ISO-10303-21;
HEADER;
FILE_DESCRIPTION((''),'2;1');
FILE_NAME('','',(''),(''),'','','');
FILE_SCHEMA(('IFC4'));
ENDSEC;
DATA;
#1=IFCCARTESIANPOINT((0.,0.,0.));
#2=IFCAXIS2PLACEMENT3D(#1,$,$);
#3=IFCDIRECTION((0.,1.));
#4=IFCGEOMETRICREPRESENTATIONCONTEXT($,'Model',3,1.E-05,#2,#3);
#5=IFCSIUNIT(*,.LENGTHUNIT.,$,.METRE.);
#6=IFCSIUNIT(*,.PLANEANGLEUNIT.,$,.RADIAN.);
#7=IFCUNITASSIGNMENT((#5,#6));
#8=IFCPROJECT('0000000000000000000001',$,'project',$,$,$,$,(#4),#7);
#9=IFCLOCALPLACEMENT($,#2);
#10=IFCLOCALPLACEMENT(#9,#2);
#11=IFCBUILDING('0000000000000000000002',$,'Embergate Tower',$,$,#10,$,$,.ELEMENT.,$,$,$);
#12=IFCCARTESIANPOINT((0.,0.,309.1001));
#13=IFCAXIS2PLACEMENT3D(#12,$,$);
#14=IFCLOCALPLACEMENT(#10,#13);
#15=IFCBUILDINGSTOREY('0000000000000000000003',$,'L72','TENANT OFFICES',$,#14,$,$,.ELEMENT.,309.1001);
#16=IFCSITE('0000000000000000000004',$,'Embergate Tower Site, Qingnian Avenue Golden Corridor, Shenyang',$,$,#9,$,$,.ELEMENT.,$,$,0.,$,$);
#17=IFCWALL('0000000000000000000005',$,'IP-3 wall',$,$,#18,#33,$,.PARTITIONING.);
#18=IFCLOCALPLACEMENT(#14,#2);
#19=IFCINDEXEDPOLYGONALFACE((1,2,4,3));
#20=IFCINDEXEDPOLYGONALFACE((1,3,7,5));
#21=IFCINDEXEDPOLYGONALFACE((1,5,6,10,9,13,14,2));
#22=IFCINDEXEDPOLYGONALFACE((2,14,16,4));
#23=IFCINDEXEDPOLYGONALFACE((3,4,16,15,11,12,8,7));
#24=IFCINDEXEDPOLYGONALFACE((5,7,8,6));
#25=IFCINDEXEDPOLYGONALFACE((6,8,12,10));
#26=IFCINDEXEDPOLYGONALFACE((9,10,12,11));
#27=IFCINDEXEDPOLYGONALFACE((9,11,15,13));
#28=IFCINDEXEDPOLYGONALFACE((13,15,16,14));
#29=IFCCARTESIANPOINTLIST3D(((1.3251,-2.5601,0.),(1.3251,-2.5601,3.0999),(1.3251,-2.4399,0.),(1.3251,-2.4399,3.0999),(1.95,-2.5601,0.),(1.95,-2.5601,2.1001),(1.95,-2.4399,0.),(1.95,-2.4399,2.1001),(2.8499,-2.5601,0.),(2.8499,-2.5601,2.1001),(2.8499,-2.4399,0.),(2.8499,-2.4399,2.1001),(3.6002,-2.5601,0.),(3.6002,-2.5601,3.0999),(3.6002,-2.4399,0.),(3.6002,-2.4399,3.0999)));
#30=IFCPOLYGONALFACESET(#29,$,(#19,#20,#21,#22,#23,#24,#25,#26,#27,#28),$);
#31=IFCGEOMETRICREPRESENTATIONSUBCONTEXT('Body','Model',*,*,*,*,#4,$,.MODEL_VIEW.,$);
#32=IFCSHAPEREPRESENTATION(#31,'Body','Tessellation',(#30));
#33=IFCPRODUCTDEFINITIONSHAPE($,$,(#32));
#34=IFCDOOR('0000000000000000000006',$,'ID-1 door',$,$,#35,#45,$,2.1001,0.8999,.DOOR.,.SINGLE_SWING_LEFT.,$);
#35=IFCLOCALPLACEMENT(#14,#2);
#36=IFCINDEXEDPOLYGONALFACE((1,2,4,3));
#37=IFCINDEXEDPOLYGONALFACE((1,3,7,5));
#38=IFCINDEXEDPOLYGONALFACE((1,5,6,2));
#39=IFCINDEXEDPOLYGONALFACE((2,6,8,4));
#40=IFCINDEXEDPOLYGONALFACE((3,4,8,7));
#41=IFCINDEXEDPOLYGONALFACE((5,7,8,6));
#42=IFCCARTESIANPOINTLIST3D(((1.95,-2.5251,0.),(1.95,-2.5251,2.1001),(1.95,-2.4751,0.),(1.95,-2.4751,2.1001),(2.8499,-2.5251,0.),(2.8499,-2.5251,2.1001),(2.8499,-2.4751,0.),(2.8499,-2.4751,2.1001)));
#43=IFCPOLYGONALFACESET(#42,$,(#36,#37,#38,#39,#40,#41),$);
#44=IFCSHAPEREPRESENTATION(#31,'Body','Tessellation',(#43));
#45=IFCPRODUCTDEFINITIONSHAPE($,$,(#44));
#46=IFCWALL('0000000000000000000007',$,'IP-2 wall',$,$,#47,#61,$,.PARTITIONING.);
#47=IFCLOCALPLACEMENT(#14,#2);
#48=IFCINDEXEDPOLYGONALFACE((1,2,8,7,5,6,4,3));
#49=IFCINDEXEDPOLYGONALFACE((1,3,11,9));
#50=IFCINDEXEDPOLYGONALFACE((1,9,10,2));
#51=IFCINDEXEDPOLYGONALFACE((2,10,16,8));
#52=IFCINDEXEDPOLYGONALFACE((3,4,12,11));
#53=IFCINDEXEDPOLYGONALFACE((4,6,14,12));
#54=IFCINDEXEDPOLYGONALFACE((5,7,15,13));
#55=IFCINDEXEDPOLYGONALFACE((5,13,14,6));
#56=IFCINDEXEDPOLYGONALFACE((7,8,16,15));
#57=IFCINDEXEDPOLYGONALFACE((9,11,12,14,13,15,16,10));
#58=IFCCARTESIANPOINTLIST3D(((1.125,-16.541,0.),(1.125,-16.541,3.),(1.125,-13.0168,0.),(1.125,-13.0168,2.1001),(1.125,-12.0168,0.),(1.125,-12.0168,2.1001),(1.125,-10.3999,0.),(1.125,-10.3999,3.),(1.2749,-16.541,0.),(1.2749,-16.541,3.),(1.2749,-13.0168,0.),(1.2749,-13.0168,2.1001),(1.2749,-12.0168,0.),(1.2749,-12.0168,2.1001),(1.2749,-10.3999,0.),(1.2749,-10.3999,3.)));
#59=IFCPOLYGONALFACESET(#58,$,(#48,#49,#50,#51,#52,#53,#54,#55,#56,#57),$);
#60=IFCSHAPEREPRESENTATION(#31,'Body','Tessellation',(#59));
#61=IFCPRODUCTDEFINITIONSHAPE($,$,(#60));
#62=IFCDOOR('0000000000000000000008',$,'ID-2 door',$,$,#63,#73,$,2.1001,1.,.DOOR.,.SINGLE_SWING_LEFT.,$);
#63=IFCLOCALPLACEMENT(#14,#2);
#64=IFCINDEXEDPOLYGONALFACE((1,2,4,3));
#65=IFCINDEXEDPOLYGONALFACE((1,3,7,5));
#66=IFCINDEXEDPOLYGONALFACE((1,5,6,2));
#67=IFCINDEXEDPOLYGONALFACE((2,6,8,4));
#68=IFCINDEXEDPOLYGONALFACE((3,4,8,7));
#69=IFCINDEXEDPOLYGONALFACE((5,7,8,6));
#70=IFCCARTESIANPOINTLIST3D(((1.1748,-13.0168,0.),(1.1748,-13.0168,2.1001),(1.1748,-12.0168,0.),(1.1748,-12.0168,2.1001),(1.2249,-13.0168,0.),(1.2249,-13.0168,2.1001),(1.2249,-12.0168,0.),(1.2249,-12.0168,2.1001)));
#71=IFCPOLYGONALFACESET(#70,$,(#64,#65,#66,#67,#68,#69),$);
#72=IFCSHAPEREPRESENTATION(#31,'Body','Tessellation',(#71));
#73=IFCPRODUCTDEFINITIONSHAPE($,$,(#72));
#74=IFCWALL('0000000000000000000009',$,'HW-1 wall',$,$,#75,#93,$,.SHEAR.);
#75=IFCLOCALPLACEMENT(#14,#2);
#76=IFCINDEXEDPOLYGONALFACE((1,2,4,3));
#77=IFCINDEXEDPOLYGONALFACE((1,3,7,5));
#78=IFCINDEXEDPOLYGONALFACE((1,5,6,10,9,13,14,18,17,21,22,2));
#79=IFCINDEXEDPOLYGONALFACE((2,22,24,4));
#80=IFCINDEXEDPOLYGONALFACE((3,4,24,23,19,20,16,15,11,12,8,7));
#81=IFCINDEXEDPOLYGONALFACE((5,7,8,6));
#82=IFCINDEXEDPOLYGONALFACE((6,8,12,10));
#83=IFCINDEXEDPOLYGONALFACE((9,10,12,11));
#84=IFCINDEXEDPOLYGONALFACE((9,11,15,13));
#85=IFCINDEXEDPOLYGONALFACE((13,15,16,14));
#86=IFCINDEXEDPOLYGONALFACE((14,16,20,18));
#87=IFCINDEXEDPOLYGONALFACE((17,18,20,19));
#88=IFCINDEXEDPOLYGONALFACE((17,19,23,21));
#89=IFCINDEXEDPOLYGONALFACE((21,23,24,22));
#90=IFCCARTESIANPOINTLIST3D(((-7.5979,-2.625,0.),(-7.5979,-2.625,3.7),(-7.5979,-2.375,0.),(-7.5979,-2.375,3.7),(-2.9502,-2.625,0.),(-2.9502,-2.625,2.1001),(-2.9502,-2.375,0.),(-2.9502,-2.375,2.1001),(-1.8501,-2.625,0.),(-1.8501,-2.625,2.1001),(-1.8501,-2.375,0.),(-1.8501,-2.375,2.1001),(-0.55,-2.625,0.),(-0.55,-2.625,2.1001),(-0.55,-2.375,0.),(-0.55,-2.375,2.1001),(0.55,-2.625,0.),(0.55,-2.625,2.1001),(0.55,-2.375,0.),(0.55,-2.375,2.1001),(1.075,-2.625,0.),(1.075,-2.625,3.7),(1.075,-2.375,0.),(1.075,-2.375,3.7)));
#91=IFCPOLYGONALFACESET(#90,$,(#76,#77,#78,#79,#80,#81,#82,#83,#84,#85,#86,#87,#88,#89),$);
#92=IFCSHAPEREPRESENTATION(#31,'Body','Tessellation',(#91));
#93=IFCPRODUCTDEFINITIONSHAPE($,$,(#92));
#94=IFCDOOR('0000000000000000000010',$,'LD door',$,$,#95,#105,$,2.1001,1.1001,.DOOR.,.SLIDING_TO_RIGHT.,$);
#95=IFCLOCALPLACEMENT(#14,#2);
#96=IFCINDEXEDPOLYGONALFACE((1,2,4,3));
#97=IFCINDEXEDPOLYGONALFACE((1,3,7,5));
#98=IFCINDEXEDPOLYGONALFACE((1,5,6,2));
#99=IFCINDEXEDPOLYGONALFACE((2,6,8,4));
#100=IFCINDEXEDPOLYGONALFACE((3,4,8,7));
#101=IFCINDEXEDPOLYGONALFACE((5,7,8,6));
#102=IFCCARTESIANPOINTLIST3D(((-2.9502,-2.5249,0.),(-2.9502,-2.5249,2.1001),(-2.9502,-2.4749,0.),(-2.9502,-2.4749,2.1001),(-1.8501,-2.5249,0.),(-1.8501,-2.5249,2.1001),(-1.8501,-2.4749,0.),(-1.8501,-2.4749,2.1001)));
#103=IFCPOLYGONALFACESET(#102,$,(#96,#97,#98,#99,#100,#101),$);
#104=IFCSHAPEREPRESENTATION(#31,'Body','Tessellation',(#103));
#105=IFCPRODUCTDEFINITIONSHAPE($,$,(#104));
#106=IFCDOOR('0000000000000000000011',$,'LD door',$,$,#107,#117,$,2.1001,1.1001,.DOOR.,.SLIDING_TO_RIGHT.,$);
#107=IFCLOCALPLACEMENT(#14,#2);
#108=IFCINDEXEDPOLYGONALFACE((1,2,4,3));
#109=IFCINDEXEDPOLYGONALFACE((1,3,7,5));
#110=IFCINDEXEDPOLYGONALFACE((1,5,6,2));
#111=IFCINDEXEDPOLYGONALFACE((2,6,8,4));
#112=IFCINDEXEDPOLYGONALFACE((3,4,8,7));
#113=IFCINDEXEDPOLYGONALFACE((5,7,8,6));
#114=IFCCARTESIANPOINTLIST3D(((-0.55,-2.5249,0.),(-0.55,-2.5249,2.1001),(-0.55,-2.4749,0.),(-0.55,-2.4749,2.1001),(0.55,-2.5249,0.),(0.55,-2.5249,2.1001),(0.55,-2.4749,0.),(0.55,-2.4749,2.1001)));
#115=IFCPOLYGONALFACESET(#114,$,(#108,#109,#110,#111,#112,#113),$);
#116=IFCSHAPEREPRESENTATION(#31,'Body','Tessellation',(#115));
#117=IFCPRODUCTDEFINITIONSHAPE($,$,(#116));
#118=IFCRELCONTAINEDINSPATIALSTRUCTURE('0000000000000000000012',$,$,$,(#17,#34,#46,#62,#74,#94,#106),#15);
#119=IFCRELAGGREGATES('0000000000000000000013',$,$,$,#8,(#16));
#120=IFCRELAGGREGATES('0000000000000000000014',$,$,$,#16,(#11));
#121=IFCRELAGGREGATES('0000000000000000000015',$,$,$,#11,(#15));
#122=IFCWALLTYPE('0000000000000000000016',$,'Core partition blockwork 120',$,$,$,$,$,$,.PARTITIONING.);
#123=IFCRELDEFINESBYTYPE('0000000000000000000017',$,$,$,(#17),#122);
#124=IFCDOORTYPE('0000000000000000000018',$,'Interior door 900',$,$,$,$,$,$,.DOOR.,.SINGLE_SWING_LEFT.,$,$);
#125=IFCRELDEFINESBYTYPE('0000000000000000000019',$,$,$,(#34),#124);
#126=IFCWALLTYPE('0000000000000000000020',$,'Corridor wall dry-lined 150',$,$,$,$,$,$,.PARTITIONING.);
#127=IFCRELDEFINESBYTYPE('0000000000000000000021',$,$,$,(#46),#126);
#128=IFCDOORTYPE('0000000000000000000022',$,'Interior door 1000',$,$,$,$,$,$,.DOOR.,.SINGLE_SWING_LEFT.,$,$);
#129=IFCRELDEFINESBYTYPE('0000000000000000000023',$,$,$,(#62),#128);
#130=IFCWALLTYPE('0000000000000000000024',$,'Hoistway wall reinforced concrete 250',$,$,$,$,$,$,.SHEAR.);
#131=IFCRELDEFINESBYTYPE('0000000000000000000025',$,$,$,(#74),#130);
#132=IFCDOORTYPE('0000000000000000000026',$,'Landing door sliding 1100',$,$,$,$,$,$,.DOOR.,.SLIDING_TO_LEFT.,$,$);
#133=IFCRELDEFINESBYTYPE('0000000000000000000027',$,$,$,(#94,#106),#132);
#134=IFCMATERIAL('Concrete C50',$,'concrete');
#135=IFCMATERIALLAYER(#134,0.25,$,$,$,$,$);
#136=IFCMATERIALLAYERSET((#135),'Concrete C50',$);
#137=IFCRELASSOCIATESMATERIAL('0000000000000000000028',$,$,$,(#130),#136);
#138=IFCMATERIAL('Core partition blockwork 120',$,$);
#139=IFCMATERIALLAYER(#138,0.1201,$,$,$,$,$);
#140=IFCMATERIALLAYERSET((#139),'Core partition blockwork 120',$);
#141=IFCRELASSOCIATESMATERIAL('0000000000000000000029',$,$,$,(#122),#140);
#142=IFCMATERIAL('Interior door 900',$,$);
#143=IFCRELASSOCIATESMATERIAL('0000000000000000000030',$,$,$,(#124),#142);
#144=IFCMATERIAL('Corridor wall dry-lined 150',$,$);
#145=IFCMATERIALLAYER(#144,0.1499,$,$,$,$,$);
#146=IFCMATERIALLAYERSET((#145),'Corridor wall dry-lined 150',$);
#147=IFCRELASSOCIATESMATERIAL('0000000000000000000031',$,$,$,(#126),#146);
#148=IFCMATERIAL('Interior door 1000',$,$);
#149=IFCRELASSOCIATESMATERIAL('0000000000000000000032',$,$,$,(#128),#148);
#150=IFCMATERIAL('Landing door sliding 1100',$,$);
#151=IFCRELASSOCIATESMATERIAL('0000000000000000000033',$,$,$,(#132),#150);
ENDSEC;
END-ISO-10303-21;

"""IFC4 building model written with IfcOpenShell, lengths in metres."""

from ifc_helpers import new_model, si_unit, direction, frame, frame_2d, origin, place, context, subcontext, project, spatial, rectangle, extrude, source, transform, mapped, material, layer, layer_set, type_object, element, fill, save


model = new_model("IFC4")

# Units and contexts
model_context = context("Model", 3, precision=1e-05, world=origin(), true_north=direction((0.0, 1.0)))
body_context = subcontext(model_context, "Body", "Model", "MODEL_VIEW")
ifc_project = project(units=[si_unit("LENGTHUNIT", "METRE"), si_unit("PLANEANGLEUNIT", "RADIAN")], contexts=[model_context])

# Site, building, storey
site_placement = place(None, origin())
site = spatial("IfcSite", under=ifc_project, at=site_placement, Name="Embergate Tower Site, Qingnian Avenue Golden Corridor, Shenyang", CompositionType="ELEMENT", RefElevation=0.0)
building_placement = place(site_placement, origin())
building = spatial("IfcBuilding", under=site, at=building_placement, Name="Embergate Tower", CompositionType="ELEMENT")
storey_placement = place(building_placement, frame((0.0, 0.0, 309.1001)))
storey = spatial("IfcBuildingStorey", under=building, at=storey_placement, Name="L72", Description="TENANT OFFICES", CompositionType="ELEMENT", Elevation=309.1001)

# Shared definitions
ifc_material_1 = material(Name="Concrete C50", Category="concrete")
ifc_layer_1 = layer(ifc_material_1, 0.25)
ifc_layer_set_1 = layer_set([ifc_layer_1], Name="Concrete C50")
wall_type_1 = type_object("IfcWallType", Name="Hoistway wall reinforced concrete 250", PredefinedType="SHEAR", material=ifc_layer_set_1)

# Shared definitions
ifc_material_2 = material(Name="Core partition blockwork 120")
ifc_layer_2 = layer(ifc_material_2, 0.1201)
ifc_layer_set_2 = layer_set([ifc_layer_2], Name="Core partition blockwork 120")
wall_type_2 = type_object("IfcWallType", Name="Core partition blockwork 120", PredefinedType="PARTITIONING", material=ifc_layer_set_2)

# Walls, openings, doors
shared_shape_1 = source(origin(), body_context, "Body", "SweptSolid", [
    extrude(rectangle(XDim=2.2751, YDim=0.1201, at=frame_2d((1.1377, 0.0))), origin(), (0.0, 0.0, 1.0), 3.0999),
])
wall_1_placement = place(storey_placement, frame((1.325, -2.5, 0.0), z_axis=(0.0, 0.0, 1.0), x_axis=(1.0, 0.0, 0.0)))
wall_1 = element("IfcWall", 1, at=wall_1_placement, inside=storey, type_object=wall_type_2, Name="IP-3 wall", PredefinedType="PARTITIONING", context=body_context, shape_type="MappedRepresentation", body=[
    mapped(shared_shape_1, transform((0.0, 0.0, 0.0))),
])
shared_shape_2 = source(origin(), body_context, "Body", "SweptSolid", [
    extrude(rectangle(XDim=0.8999, YDim=2.1001, at=frame_2d((0.45, 1.05))), frame((0.0, 0.0701, 0.0), z_axis=(0.0, -1.0, 0.0), x_axis=(1.0, 0.0, 0.0)), (0.0, 0.0, 1.0), 0.1401),
])
opening_1_placement = place(wall_1_placement, frame((0.625, 0.0, 0.0)))
opening_1 = element("IfcOpeningElement", 2, at=opening_1_placement, cuts=wall_1, PredefinedType="OPENING", context=body_context, shape_type="MappedRepresentation", body=[
    mapped(shared_shape_2, transform((0.0, 0.0, 0.0))),
])
ifc_material_3 = material(Name="Interior door 900")
door_type_1 = type_object("IfcDoorType", Name="Interior door 900", OperationType="SINGLE_SWING_LEFT", PredefinedType="DOOR", material=ifc_material_3)
shared_shape_3 = source(origin(), body_context, "Body", "SweptSolid", [
    extrude(rectangle(XDim=0.8999, YDim=2.1001, at=frame_2d((0.45, 1.05))), frame((0.0, 0.0249, 0.0), z_axis=(0.0, -1.0, 0.0), x_axis=(1.0, 0.0, 0.0)), (0.0, 0.0, 1.0), 0.05),
])
door_1_placement = place(opening_1_placement, origin())
door_1 = element("IfcDoor", 3, at=door_1_placement, inside=storey, type_object=door_type_1, Name="ID-1 door", OperationType="SINGLE_SWING_LEFT", OverallHeight=2.1001, OverallWidth=0.8999, PredefinedType="DOOR", context=body_context, shape_type="MappedRepresentation", body=[
    mapped(shared_shape_3, transform((0.0, 0.0, 0.0))),
])
fill(opening_1, door_1)
ifc_material_4 = material(Name="Corridor wall dry-lined 150")
ifc_layer_3 = layer(ifc_material_4, 0.1499)
ifc_layer_set_3 = layer_set([ifc_layer_3], Name="Corridor wall dry-lined 150")
wall_type_3 = type_object("IfcWallType", Name="Corridor wall dry-lined 150", PredefinedType="PARTITIONING", material=ifc_layer_set_3)
shared_shape_4 = source(origin(), body_context, "Body", "SweptSolid", [
    extrude(rectangle(XDim=6.1411, YDim=0.1499, at=frame_2d((3.0706, 0.0))), origin(), (0.0, 0.0, 1.0), 3.0),
])
wall_2_placement = place(storey_placement, frame((1.2, -10.3999, 0.0), z_axis=(0.0, 0.0, 1.0), x_axis=(0.0, -1.0, 0.0)))
wall_2 = element("IfcWall", 4, at=wall_2_placement, inside=storey, type_object=wall_type_3, Name="IP-2 wall", PredefinedType="PARTITIONING", context=body_context, shape_type="MappedRepresentation", body=[
    mapped(shared_shape_4, transform((0.0, 0.0, 0.0))),
])
shared_shape_5 = source(origin(), body_context, "Body", "SweptSolid", [
    extrude(rectangle(XDim=1.0, YDim=2.1001, at=frame_2d((0.5, 1.05))), frame((0.0, 0.085, 0.0), z_axis=(0.0, -1.0, 0.0), x_axis=(1.0, 0.0, 0.0)), (0.0, 0.0, 1.0), 0.1699),
])
opening_2_placement = place(wall_2_placement, frame((1.6169, 0.0, 0.0)))
opening_2 = element("IfcOpeningElement", 5, at=opening_2_placement, cuts=wall_2, PredefinedType="OPENING", context=body_context, shape_type="MappedRepresentation", body=[
    mapped(shared_shape_5, transform((0.0, 0.0, 0.0))),
])
ifc_material_5 = material(Name="Interior door 1000")
door_type_2 = type_object("IfcDoorType", Name="Interior door 1000", OperationType="SINGLE_SWING_LEFT", PredefinedType="DOOR", material=ifc_material_5)
shared_shape_6 = source(origin(), body_context, "Body", "SweptSolid", [
    extrude(rectangle(XDim=1.0, YDim=2.1001, at=frame_2d((0.5, 1.05))), frame((0.0, 0.0249, 0.0), z_axis=(0.0, -1.0, 0.0), x_axis=(1.0, 0.0, 0.0)), (0.0, 0.0, 1.0), 0.05),
])
door_2_placement = place(opening_2_placement, origin())
door_2 = element("IfcDoor", 6, at=door_2_placement, inside=storey, type_object=door_type_2, Name="ID-2 door", OperationType="SINGLE_SWING_LEFT", OverallHeight=2.1001, OverallWidth=1.0, PredefinedType="DOOR", context=body_context, shape_type="MappedRepresentation", body=[
    mapped(shared_shape_6, transform((0.0, 0.0, 0.0))),
])
fill(opening_2, door_2)

# Wall, openings, doors
shared_shape_7 = source(origin(), body_context, "Body", "SweptSolid", [
    extrude(rectangle(XDim=8.6729, YDim=0.25, at=frame_2d((4.3364, 0.0))), origin(), (0.0, 0.0, 1.0), 3.7),
])
wall_3_placement = place(storey_placement, frame((1.075, -2.5, 0.0), z_axis=(0.0, 0.0, 1.0), x_axis=(-1.0, 0.0, 0.0)))
wall_3 = element("IfcWall", 7, at=wall_3_placement, inside=storey, type_object=wall_type_1, Name="HW-1 wall", PredefinedType="SHEAR", context=body_context, shape_type="MappedRepresentation", body=[
    mapped(shared_shape_7, transform((0.0, 0.0, 0.0))),
])
shared_shape_8 = source(origin(), body_context, "Body", "SweptSolid", [
    extrude(rectangle(XDim=1.1001, YDim=2.1001, at=frame_2d((0.55, 1.05))), frame((0.0, 0.135, 0.0), z_axis=(0.0, -1.0, 0.0), x_axis=(1.0, 0.0, 0.0)), (0.0, 0.0, 1.0), 0.27),
])
opening_3_placement = place(wall_3_placement, frame((2.925, 0.0, 0.0)))
opening_3 = element("IfcOpeningElement", 8, at=opening_3_placement, cuts=wall_3, PredefinedType="OPENING", context=body_context, shape_type="MappedRepresentation", body=[
    mapped(shared_shape_8, transform((0.0, 0.0, 0.0))),
])
opening_4_placement = place(wall_3_placement, frame((0.5249, 0.0, 0.0)))
opening_4 = element("IfcOpeningElement", 9, at=opening_4_placement, cuts=wall_3, PredefinedType="OPENING", context=body_context, shape_type="MappedRepresentation", body=[
    mapped(shared_shape_8, transform((0.0, 0.0, 0.0))),
])
ifc_material_6 = material(Name="Landing door sliding 1100")
door_type_3 = type_object("IfcDoorType", Name="Landing door sliding 1100", OperationType="SLIDING_TO_LEFT", PredefinedType="DOOR", material=ifc_material_6)
shared_shape_9 = source(origin(), body_context, "Body", "SweptSolid", [
    extrude(rectangle(XDim=1.1001, YDim=2.1001, at=frame_2d((0.55, 1.05))), frame((0.0, 0.0249, 0.0), z_axis=(0.0, -1.0, 0.0), x_axis=(1.0, 0.0, 0.0)), (0.0, 0.0, 1.0), 0.05),
])
door_3_placement = place(opening_3_placement, origin())
door_3 = element("IfcDoor", 10, at=door_3_placement, inside=storey, type_object=door_type_3, Name="LD door", OperationType="SLIDING_TO_RIGHT", OverallHeight=2.1001, OverallWidth=1.1001, PredefinedType="DOOR", context=body_context, shape_type="MappedRepresentation", body=[
    mapped(shared_shape_9, transform((0.0, 0.0, 0.0))),
])
fill(opening_3, door_3)
door_4_placement = place(opening_4_placement, origin())
door_4 = element("IfcDoor", 11, at=door_4_placement, inside=storey, type_object=door_type_3, Name="LD door", OperationType="SLIDING_TO_RIGHT", OverallHeight=2.1001, OverallWidth=1.1001, PredefinedType="DOOR", context=body_context, shape_type="MappedRepresentation", body=[
    mapped(shared_shape_9, transform((0.0, 0.0, 0.0))),
])
fill(opening_4, door_4)

save(model, "model.ifc")
